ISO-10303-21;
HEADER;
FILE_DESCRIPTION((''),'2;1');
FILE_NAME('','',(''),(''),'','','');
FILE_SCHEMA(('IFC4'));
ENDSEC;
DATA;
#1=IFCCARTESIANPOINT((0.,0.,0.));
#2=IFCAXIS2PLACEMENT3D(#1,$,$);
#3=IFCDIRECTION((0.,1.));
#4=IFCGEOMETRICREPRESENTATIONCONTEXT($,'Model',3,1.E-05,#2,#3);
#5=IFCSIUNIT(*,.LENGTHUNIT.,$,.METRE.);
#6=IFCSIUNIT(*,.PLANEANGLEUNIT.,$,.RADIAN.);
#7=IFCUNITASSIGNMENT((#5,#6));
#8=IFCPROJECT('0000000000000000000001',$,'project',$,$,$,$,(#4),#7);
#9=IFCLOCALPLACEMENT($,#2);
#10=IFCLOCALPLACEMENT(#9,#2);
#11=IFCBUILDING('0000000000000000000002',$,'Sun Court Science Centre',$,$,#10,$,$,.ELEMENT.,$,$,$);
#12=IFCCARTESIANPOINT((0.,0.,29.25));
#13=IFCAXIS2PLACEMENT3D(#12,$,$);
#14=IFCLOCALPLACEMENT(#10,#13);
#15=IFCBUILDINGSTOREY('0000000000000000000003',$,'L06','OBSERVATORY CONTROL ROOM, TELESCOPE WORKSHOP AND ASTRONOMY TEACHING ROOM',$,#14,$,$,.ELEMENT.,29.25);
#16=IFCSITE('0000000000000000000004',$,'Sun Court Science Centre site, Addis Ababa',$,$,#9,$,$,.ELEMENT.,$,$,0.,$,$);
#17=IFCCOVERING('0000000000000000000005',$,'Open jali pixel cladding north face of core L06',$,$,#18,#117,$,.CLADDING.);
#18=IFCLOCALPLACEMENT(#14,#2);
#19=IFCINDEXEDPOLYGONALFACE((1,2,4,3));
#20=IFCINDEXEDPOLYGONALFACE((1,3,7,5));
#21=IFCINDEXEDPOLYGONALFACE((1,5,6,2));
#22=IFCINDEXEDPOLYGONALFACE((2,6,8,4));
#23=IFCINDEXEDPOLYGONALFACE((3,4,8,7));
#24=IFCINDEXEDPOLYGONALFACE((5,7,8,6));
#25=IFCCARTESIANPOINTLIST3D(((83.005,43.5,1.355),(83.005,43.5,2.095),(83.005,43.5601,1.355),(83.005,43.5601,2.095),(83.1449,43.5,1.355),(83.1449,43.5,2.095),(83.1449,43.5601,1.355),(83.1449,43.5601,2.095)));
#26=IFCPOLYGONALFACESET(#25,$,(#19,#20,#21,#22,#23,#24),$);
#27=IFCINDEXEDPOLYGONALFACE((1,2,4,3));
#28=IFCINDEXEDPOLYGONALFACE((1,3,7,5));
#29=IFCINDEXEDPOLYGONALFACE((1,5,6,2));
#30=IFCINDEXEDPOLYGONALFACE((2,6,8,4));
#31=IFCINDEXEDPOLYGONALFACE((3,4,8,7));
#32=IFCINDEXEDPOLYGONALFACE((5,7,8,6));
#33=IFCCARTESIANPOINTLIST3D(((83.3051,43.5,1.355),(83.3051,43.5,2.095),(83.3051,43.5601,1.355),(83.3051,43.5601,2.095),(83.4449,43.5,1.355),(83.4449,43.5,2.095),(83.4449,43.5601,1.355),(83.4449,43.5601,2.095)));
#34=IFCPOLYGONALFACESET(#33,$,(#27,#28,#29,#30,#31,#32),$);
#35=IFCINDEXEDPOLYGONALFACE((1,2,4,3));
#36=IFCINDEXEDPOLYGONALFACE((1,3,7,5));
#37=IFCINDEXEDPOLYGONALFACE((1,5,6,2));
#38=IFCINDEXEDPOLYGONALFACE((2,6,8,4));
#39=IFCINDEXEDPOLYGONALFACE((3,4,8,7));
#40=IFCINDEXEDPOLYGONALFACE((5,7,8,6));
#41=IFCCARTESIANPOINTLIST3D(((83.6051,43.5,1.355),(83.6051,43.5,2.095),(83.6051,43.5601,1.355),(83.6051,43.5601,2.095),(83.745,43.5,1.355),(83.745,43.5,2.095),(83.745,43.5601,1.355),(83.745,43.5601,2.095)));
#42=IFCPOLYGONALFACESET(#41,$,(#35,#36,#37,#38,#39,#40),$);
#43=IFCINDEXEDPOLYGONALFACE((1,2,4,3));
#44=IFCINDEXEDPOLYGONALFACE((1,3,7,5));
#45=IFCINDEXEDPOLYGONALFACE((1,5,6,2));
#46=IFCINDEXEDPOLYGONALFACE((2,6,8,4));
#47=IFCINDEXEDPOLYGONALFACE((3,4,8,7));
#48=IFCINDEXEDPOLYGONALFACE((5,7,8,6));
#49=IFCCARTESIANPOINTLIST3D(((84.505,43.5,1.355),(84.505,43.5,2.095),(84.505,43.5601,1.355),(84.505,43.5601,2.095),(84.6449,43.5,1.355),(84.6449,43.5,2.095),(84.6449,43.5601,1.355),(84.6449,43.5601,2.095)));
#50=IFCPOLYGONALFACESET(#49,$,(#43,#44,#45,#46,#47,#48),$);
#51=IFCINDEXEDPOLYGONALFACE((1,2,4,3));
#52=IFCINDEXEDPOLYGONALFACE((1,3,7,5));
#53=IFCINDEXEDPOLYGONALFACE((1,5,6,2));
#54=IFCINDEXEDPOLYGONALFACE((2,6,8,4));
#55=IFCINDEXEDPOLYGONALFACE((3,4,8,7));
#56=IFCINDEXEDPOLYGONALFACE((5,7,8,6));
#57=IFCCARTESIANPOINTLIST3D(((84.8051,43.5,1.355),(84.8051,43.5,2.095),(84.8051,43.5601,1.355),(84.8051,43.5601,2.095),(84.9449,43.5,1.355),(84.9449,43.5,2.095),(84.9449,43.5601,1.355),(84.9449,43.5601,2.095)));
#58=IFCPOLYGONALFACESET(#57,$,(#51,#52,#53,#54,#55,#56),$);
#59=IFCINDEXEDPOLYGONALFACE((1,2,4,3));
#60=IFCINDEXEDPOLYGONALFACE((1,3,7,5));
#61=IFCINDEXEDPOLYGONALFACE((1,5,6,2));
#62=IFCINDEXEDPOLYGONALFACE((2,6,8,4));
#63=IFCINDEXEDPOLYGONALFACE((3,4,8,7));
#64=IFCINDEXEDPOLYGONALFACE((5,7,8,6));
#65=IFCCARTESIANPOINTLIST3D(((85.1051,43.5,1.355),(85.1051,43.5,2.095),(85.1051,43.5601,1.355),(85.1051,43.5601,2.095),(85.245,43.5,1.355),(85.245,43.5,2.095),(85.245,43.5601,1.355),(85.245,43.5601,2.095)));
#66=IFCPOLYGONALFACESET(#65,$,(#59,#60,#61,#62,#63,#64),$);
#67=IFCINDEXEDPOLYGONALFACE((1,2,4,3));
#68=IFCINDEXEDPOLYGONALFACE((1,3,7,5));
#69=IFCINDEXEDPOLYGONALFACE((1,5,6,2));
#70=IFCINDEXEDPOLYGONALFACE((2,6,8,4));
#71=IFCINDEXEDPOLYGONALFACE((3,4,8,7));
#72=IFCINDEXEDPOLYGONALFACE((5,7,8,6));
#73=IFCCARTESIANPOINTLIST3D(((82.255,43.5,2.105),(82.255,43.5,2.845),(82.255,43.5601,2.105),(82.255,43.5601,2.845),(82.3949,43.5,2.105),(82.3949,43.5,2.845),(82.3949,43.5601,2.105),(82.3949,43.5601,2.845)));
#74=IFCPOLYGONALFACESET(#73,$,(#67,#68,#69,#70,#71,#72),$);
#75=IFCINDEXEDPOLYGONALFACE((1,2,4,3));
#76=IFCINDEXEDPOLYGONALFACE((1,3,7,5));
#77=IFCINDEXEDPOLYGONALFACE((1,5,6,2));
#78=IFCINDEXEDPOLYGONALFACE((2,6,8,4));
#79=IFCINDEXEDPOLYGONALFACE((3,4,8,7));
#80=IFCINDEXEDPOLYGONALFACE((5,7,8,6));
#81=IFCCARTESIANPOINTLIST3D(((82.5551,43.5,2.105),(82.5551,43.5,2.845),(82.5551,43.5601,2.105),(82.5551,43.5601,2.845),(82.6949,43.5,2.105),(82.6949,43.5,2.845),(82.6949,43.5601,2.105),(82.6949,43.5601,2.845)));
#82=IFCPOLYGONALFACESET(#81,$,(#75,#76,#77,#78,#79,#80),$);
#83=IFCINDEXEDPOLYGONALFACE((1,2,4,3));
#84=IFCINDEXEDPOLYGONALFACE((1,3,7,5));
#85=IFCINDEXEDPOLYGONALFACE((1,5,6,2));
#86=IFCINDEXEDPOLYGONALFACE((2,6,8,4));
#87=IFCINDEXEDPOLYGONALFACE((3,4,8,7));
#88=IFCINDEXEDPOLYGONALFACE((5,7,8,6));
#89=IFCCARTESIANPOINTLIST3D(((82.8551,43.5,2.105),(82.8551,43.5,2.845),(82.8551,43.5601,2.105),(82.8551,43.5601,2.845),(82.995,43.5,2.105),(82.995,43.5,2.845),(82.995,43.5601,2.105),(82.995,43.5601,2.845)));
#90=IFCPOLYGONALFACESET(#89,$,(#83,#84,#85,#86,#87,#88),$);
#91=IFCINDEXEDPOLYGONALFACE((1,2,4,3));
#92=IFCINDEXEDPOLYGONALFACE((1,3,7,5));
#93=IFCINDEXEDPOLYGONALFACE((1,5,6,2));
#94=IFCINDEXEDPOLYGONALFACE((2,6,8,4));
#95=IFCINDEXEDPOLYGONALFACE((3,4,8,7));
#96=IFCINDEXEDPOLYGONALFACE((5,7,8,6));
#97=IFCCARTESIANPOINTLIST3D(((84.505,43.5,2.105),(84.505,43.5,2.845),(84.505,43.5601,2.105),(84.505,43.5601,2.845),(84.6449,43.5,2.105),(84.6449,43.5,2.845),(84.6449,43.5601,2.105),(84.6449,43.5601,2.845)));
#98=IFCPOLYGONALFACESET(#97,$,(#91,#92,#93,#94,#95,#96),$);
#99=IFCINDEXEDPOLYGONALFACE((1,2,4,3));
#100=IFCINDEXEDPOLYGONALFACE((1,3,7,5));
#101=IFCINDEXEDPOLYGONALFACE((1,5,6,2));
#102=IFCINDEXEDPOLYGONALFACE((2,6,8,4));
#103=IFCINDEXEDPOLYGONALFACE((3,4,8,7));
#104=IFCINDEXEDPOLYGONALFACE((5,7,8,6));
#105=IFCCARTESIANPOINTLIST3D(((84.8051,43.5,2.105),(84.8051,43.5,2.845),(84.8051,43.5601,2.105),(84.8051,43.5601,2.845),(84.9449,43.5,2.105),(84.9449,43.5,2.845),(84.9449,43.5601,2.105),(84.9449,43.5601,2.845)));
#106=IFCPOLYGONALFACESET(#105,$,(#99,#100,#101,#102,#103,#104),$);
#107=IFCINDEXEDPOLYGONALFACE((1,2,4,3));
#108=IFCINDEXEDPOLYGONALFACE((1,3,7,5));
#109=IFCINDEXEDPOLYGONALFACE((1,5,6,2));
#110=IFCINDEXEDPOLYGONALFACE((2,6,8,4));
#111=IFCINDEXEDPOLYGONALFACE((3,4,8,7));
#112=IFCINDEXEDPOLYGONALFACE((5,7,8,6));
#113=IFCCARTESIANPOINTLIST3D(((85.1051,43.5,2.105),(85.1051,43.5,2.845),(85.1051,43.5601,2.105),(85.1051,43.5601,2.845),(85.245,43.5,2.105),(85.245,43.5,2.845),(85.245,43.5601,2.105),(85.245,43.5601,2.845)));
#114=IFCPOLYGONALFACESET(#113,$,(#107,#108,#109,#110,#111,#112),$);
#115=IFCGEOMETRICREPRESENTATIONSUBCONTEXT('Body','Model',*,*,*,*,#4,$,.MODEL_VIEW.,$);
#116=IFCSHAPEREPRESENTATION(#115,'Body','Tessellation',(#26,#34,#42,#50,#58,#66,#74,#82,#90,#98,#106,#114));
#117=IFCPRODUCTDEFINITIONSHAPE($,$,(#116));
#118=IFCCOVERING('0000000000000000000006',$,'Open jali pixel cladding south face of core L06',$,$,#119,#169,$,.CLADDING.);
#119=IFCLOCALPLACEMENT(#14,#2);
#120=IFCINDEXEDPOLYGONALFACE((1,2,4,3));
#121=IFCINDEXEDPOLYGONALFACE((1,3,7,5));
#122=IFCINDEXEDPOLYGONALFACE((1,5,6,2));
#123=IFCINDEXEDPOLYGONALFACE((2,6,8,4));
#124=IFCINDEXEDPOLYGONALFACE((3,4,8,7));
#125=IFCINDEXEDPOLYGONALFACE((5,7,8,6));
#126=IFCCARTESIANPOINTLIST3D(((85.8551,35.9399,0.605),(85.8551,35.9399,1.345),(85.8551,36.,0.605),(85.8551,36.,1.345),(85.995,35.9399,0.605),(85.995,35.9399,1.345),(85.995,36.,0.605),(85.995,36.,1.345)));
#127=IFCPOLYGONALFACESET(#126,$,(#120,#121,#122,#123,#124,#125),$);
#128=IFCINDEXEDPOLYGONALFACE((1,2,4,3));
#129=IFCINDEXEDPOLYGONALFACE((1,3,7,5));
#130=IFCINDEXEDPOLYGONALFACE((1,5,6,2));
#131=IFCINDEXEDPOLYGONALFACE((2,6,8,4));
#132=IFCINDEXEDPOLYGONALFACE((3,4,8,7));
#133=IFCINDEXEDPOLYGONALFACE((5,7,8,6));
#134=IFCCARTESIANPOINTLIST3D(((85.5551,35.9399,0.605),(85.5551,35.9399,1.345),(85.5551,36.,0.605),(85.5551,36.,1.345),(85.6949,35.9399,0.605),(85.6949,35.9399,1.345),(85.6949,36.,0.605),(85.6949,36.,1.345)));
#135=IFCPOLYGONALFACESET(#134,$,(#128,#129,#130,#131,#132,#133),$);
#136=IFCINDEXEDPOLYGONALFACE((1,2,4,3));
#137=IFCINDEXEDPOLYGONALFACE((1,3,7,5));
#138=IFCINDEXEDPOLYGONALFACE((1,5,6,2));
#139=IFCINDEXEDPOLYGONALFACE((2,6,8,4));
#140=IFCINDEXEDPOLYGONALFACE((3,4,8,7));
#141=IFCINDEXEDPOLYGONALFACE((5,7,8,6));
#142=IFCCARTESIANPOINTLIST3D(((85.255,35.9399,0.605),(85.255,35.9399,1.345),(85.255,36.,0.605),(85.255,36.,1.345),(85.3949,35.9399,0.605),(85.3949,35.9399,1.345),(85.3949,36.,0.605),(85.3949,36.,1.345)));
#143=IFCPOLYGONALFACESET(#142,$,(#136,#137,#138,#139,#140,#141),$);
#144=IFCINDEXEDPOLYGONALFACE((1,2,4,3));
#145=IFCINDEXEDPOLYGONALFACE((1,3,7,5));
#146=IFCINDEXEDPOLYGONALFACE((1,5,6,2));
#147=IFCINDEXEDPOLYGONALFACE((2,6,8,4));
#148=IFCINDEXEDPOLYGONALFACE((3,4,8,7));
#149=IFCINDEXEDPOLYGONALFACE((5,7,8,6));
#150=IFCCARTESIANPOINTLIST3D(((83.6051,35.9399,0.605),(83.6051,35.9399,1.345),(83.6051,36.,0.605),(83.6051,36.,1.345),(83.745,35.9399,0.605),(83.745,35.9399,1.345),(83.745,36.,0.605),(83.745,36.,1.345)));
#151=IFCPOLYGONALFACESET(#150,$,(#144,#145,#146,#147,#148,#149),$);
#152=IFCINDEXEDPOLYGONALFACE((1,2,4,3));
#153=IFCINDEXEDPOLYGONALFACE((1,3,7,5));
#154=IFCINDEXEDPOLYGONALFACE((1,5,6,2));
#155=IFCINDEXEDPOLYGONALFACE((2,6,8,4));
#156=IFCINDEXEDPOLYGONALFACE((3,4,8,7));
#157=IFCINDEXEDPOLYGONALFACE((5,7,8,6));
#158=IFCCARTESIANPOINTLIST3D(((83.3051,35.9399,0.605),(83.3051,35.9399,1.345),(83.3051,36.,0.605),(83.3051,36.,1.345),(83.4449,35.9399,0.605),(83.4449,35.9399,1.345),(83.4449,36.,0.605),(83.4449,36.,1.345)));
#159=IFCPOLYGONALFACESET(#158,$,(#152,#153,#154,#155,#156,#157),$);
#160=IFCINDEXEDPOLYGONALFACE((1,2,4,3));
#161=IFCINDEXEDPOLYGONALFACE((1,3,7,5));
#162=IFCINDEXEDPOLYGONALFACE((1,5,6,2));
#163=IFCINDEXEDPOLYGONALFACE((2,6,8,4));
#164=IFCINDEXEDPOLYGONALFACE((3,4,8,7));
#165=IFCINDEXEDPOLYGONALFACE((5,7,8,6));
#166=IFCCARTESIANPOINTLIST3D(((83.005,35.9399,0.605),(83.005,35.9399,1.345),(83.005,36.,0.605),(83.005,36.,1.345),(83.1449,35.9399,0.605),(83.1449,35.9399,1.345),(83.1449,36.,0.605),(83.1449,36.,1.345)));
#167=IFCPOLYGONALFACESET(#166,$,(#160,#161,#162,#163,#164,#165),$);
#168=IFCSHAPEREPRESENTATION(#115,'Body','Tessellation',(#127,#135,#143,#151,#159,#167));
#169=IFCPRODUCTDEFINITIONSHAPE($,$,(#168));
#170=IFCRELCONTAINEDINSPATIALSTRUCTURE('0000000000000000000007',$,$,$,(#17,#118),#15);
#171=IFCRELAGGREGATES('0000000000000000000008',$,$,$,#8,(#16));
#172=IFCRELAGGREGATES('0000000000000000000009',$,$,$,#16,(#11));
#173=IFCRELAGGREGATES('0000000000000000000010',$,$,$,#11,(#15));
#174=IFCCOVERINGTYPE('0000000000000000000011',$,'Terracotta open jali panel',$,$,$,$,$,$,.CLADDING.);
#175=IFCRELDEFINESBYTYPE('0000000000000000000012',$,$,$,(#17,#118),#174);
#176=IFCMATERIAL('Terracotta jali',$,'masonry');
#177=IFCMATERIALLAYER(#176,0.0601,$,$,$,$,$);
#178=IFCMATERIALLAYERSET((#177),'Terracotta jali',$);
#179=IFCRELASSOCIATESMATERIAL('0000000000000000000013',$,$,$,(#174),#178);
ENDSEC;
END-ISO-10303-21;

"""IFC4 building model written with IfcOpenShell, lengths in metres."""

from ifc_helpers import new_model, si_unit, direction, frame, origin, origin_2d, place, context, subcontext, project, spatial, rectangle, extrude, material, layer, layer_set, type_object, element, save


model = new_model("IFC4")

# Units and contexts
model_context = context("Model", 3, precision=1e-05, world=origin(), true_north=direction((0.0, 1.0)))
body_context = subcontext(model_context, "Body", "Model", "MODEL_VIEW")
ifc_project = project(units=[si_unit("LENGTHUNIT", "METRE"), si_unit("PLANEANGLEUNIT", "RADIAN")], contexts=[model_context])

# Site, building, storey
site_placement = place(None, origin())
site = spatial("IfcSite", under=ifc_project, at=site_placement, Name="Sun Court Science Centre site, Addis Ababa", CompositionType="ELEMENT", RefElevation=0.0)
building_placement = place(site_placement, origin())
building = spatial("IfcBuilding", under=site, at=building_placement, Name="Sun Court Science Centre", CompositionType="ELEMENT")
storey_placement = place(building_placement, frame((0.0, 0.0, 29.25)))
storey = spatial("IfcBuildingStorey", under=building, at=storey_placement, Name="L06", Description="OBSERVATORY CONTROL ROOM, TELESCOPE WORKSHOP AND ASTRONOMY TEACHING ROOM", CompositionType="ELEMENT", Elevation=29.25)

# Coverings
ifc_material_1 = material(Name="Terracotta jali", Category="masonry")
ifc_layer_1 = layer(ifc_material_1, 0.0601)
ifc_layer_set_1 = layer_set([ifc_layer_1], Name="Terracotta jali")
covering_type_1 = type_object("IfcCoveringType", Name="Terracotta open jali panel", PredefinedType="CLADDING", material=ifc_layer_set_1)
covering_1_placement = place(storey_placement, frame((0.0, 0.0, -29.25)))
element("IfcCovering", 1, at=covering_1_placement, inside=storey, type_object=covering_type_1, Name="Open jali pixel cladding north face of core L06", PredefinedType="CLADDING", context=body_context, shape_type="SweptSolid", body=[
    extrude(rectangle(XDim=0.1399, YDim=0.0601, at=origin_2d()), frame((83.075, 43.53, 30.605), z_axis=(0.0, 0.0, 1.0), x_axis=(1.0, 0.0, 0.0)), (0.0, 0.0, 1.0), 0.74),
    extrude(rectangle(XDim=0.1399, YDim=0.0601, at=origin_2d()), frame((83.375, 43.53, 30.605), z_axis=(0.0, 0.0, 1.0), x_axis=(1.0, 0.0, 0.0)), (0.0, 0.0, 1.0), 0.74),
    extrude(rectangle(XDim=0.1399, YDim=0.0601, at=origin_2d()), frame((83.675, 43.53, 30.605), z_axis=(0.0, 0.0, 1.0), x_axis=(1.0, 0.0, 0.0)), (0.0, 0.0, 1.0), 0.74),
    extrude(rectangle(XDim=0.1399, YDim=0.0601, at=origin_2d()), frame((84.575, 43.53, 30.605), z_axis=(0.0, 0.0, 1.0), x_axis=(1.0, 0.0, 0.0)), (0.0, 0.0, 1.0), 0.74),
    extrude(rectangle(XDim=0.1399, YDim=0.0601, at=origin_2d()), frame((84.875, 43.53, 30.605), z_axis=(0.0, 0.0, 1.0), x_axis=(1.0, 0.0, 0.0)), (0.0, 0.0, 1.0), 0.74),
    extrude(rectangle(XDim=0.1399, YDim=0.0601, at=origin_2d()), frame((85.175, 43.53, 30.605), z_axis=(0.0, 0.0, 1.0), x_axis=(1.0, 0.0, 0.0)), (0.0, 0.0, 1.0), 0.74),
    extrude(rectangle(XDim=0.1399, YDim=0.0601, at=origin_2d()), frame((82.325, 43.53, 31.355), z_axis=(0.0, 0.0, 1.0), x_axis=(1.0, 0.0, 0.0)), (0.0, 0.0, 1.0), 0.74),
    extrude(rectangle(XDim=0.1399, YDim=0.0601, at=origin_2d()), frame((82.625, 43.53, 31.355), z_axis=(0.0, 0.0, 1.0), x_axis=(1.0, 0.0, 0.0)), (0.0, 0.0, 1.0), 0.74),
    extrude(rectangle(XDim=0.1399, YDim=0.0601, at=origin_2d()), frame((82.925, 43.53, 31.355), z_axis=(0.0, 0.0, 1.0), x_axis=(1.0, 0.0, 0.0)), (0.0, 0.0, 1.0), 0.74),
    extrude(rectangle(XDim=0.1399, YDim=0.0601, at=origin_2d()), frame((84.575, 43.53, 31.355), z_axis=(0.0, 0.0, 1.0), x_axis=(1.0, 0.0, 0.0)), (0.0, 0.0, 1.0), 0.74),
    extrude(rectangle(XDim=0.1399, YDim=0.0601, at=origin_2d()), frame((84.875, 43.53, 31.355), z_axis=(0.0, 0.0, 1.0), x_axis=(1.0, 0.0, 0.0)), (0.0, 0.0, 1.0), 0.74),
    extrude(rectangle(XDim=0.1399, YDim=0.0601, at=origin_2d()), frame((85.175, 43.53, 31.355), z_axis=(0.0, 0.0, 1.0), x_axis=(1.0, 0.0, 0.0)), (0.0, 0.0, 1.0), 0.74),
])
covering_2_placement = place(storey_placement, frame((0.0, 0.0, -29.25)))
element("IfcCovering", 2, at=covering_2_placement, inside=storey, type_object=covering_type_1, Name="Open jali pixel cladding south face of core L06", PredefinedType="CLADDING", context=body_context, shape_type="SweptSolid", body=[
    extrude(rectangle(XDim=0.1399, YDim=0.0601, at=origin_2d()), frame((85.925, 35.97, 29.855), z_axis=(0.0, 0.0, 1.0), x_axis=(-1.0, 0.0, 0.0)), (0.0, 0.0, 1.0), 0.74),
    extrude(rectangle(XDim=0.1399, YDim=0.0601, at=origin_2d()), frame((85.625, 35.97, 29.855), z_axis=(0.0, 0.0, 1.0), x_axis=(-1.0, 0.0, 0.0)), (0.0, 0.0, 1.0), 0.74),
    extrude(rectangle(XDim=0.1399, YDim=0.0601, at=origin_2d()), frame((85.325, 35.97, 29.855), z_axis=(0.0, 0.0, 1.0), x_axis=(-1.0, 0.0, 0.0)), (0.0, 0.0, 1.0), 0.74),
    extrude(rectangle(XDim=0.1399, YDim=0.0601, at=origin_2d()), frame((83.675, 35.97, 29.855), z_axis=(0.0, 0.0, 1.0), x_axis=(-1.0, 0.0, 0.0)), (0.0, 0.0, 1.0), 0.74),
    extrude(rectangle(XDim=0.1399, YDim=0.0601, at=origin_2d()), frame((83.375, 35.97, 29.855), z_axis=(0.0, 0.0, 1.0), x_axis=(-1.0, 0.0, 0.0)), (0.0, 0.0, 1.0), 0.74),
    extrude(rectangle(XDim=0.1399, YDim=0.0601, at=origin_2d()), frame((83.075, 35.97, 29.855), z_axis=(0.0, 0.0, 1.0), x_axis=(-1.0, 0.0, 0.0)), (0.0, 0.0, 1.0), 0.74),
])

save(model, "model.ifc")
